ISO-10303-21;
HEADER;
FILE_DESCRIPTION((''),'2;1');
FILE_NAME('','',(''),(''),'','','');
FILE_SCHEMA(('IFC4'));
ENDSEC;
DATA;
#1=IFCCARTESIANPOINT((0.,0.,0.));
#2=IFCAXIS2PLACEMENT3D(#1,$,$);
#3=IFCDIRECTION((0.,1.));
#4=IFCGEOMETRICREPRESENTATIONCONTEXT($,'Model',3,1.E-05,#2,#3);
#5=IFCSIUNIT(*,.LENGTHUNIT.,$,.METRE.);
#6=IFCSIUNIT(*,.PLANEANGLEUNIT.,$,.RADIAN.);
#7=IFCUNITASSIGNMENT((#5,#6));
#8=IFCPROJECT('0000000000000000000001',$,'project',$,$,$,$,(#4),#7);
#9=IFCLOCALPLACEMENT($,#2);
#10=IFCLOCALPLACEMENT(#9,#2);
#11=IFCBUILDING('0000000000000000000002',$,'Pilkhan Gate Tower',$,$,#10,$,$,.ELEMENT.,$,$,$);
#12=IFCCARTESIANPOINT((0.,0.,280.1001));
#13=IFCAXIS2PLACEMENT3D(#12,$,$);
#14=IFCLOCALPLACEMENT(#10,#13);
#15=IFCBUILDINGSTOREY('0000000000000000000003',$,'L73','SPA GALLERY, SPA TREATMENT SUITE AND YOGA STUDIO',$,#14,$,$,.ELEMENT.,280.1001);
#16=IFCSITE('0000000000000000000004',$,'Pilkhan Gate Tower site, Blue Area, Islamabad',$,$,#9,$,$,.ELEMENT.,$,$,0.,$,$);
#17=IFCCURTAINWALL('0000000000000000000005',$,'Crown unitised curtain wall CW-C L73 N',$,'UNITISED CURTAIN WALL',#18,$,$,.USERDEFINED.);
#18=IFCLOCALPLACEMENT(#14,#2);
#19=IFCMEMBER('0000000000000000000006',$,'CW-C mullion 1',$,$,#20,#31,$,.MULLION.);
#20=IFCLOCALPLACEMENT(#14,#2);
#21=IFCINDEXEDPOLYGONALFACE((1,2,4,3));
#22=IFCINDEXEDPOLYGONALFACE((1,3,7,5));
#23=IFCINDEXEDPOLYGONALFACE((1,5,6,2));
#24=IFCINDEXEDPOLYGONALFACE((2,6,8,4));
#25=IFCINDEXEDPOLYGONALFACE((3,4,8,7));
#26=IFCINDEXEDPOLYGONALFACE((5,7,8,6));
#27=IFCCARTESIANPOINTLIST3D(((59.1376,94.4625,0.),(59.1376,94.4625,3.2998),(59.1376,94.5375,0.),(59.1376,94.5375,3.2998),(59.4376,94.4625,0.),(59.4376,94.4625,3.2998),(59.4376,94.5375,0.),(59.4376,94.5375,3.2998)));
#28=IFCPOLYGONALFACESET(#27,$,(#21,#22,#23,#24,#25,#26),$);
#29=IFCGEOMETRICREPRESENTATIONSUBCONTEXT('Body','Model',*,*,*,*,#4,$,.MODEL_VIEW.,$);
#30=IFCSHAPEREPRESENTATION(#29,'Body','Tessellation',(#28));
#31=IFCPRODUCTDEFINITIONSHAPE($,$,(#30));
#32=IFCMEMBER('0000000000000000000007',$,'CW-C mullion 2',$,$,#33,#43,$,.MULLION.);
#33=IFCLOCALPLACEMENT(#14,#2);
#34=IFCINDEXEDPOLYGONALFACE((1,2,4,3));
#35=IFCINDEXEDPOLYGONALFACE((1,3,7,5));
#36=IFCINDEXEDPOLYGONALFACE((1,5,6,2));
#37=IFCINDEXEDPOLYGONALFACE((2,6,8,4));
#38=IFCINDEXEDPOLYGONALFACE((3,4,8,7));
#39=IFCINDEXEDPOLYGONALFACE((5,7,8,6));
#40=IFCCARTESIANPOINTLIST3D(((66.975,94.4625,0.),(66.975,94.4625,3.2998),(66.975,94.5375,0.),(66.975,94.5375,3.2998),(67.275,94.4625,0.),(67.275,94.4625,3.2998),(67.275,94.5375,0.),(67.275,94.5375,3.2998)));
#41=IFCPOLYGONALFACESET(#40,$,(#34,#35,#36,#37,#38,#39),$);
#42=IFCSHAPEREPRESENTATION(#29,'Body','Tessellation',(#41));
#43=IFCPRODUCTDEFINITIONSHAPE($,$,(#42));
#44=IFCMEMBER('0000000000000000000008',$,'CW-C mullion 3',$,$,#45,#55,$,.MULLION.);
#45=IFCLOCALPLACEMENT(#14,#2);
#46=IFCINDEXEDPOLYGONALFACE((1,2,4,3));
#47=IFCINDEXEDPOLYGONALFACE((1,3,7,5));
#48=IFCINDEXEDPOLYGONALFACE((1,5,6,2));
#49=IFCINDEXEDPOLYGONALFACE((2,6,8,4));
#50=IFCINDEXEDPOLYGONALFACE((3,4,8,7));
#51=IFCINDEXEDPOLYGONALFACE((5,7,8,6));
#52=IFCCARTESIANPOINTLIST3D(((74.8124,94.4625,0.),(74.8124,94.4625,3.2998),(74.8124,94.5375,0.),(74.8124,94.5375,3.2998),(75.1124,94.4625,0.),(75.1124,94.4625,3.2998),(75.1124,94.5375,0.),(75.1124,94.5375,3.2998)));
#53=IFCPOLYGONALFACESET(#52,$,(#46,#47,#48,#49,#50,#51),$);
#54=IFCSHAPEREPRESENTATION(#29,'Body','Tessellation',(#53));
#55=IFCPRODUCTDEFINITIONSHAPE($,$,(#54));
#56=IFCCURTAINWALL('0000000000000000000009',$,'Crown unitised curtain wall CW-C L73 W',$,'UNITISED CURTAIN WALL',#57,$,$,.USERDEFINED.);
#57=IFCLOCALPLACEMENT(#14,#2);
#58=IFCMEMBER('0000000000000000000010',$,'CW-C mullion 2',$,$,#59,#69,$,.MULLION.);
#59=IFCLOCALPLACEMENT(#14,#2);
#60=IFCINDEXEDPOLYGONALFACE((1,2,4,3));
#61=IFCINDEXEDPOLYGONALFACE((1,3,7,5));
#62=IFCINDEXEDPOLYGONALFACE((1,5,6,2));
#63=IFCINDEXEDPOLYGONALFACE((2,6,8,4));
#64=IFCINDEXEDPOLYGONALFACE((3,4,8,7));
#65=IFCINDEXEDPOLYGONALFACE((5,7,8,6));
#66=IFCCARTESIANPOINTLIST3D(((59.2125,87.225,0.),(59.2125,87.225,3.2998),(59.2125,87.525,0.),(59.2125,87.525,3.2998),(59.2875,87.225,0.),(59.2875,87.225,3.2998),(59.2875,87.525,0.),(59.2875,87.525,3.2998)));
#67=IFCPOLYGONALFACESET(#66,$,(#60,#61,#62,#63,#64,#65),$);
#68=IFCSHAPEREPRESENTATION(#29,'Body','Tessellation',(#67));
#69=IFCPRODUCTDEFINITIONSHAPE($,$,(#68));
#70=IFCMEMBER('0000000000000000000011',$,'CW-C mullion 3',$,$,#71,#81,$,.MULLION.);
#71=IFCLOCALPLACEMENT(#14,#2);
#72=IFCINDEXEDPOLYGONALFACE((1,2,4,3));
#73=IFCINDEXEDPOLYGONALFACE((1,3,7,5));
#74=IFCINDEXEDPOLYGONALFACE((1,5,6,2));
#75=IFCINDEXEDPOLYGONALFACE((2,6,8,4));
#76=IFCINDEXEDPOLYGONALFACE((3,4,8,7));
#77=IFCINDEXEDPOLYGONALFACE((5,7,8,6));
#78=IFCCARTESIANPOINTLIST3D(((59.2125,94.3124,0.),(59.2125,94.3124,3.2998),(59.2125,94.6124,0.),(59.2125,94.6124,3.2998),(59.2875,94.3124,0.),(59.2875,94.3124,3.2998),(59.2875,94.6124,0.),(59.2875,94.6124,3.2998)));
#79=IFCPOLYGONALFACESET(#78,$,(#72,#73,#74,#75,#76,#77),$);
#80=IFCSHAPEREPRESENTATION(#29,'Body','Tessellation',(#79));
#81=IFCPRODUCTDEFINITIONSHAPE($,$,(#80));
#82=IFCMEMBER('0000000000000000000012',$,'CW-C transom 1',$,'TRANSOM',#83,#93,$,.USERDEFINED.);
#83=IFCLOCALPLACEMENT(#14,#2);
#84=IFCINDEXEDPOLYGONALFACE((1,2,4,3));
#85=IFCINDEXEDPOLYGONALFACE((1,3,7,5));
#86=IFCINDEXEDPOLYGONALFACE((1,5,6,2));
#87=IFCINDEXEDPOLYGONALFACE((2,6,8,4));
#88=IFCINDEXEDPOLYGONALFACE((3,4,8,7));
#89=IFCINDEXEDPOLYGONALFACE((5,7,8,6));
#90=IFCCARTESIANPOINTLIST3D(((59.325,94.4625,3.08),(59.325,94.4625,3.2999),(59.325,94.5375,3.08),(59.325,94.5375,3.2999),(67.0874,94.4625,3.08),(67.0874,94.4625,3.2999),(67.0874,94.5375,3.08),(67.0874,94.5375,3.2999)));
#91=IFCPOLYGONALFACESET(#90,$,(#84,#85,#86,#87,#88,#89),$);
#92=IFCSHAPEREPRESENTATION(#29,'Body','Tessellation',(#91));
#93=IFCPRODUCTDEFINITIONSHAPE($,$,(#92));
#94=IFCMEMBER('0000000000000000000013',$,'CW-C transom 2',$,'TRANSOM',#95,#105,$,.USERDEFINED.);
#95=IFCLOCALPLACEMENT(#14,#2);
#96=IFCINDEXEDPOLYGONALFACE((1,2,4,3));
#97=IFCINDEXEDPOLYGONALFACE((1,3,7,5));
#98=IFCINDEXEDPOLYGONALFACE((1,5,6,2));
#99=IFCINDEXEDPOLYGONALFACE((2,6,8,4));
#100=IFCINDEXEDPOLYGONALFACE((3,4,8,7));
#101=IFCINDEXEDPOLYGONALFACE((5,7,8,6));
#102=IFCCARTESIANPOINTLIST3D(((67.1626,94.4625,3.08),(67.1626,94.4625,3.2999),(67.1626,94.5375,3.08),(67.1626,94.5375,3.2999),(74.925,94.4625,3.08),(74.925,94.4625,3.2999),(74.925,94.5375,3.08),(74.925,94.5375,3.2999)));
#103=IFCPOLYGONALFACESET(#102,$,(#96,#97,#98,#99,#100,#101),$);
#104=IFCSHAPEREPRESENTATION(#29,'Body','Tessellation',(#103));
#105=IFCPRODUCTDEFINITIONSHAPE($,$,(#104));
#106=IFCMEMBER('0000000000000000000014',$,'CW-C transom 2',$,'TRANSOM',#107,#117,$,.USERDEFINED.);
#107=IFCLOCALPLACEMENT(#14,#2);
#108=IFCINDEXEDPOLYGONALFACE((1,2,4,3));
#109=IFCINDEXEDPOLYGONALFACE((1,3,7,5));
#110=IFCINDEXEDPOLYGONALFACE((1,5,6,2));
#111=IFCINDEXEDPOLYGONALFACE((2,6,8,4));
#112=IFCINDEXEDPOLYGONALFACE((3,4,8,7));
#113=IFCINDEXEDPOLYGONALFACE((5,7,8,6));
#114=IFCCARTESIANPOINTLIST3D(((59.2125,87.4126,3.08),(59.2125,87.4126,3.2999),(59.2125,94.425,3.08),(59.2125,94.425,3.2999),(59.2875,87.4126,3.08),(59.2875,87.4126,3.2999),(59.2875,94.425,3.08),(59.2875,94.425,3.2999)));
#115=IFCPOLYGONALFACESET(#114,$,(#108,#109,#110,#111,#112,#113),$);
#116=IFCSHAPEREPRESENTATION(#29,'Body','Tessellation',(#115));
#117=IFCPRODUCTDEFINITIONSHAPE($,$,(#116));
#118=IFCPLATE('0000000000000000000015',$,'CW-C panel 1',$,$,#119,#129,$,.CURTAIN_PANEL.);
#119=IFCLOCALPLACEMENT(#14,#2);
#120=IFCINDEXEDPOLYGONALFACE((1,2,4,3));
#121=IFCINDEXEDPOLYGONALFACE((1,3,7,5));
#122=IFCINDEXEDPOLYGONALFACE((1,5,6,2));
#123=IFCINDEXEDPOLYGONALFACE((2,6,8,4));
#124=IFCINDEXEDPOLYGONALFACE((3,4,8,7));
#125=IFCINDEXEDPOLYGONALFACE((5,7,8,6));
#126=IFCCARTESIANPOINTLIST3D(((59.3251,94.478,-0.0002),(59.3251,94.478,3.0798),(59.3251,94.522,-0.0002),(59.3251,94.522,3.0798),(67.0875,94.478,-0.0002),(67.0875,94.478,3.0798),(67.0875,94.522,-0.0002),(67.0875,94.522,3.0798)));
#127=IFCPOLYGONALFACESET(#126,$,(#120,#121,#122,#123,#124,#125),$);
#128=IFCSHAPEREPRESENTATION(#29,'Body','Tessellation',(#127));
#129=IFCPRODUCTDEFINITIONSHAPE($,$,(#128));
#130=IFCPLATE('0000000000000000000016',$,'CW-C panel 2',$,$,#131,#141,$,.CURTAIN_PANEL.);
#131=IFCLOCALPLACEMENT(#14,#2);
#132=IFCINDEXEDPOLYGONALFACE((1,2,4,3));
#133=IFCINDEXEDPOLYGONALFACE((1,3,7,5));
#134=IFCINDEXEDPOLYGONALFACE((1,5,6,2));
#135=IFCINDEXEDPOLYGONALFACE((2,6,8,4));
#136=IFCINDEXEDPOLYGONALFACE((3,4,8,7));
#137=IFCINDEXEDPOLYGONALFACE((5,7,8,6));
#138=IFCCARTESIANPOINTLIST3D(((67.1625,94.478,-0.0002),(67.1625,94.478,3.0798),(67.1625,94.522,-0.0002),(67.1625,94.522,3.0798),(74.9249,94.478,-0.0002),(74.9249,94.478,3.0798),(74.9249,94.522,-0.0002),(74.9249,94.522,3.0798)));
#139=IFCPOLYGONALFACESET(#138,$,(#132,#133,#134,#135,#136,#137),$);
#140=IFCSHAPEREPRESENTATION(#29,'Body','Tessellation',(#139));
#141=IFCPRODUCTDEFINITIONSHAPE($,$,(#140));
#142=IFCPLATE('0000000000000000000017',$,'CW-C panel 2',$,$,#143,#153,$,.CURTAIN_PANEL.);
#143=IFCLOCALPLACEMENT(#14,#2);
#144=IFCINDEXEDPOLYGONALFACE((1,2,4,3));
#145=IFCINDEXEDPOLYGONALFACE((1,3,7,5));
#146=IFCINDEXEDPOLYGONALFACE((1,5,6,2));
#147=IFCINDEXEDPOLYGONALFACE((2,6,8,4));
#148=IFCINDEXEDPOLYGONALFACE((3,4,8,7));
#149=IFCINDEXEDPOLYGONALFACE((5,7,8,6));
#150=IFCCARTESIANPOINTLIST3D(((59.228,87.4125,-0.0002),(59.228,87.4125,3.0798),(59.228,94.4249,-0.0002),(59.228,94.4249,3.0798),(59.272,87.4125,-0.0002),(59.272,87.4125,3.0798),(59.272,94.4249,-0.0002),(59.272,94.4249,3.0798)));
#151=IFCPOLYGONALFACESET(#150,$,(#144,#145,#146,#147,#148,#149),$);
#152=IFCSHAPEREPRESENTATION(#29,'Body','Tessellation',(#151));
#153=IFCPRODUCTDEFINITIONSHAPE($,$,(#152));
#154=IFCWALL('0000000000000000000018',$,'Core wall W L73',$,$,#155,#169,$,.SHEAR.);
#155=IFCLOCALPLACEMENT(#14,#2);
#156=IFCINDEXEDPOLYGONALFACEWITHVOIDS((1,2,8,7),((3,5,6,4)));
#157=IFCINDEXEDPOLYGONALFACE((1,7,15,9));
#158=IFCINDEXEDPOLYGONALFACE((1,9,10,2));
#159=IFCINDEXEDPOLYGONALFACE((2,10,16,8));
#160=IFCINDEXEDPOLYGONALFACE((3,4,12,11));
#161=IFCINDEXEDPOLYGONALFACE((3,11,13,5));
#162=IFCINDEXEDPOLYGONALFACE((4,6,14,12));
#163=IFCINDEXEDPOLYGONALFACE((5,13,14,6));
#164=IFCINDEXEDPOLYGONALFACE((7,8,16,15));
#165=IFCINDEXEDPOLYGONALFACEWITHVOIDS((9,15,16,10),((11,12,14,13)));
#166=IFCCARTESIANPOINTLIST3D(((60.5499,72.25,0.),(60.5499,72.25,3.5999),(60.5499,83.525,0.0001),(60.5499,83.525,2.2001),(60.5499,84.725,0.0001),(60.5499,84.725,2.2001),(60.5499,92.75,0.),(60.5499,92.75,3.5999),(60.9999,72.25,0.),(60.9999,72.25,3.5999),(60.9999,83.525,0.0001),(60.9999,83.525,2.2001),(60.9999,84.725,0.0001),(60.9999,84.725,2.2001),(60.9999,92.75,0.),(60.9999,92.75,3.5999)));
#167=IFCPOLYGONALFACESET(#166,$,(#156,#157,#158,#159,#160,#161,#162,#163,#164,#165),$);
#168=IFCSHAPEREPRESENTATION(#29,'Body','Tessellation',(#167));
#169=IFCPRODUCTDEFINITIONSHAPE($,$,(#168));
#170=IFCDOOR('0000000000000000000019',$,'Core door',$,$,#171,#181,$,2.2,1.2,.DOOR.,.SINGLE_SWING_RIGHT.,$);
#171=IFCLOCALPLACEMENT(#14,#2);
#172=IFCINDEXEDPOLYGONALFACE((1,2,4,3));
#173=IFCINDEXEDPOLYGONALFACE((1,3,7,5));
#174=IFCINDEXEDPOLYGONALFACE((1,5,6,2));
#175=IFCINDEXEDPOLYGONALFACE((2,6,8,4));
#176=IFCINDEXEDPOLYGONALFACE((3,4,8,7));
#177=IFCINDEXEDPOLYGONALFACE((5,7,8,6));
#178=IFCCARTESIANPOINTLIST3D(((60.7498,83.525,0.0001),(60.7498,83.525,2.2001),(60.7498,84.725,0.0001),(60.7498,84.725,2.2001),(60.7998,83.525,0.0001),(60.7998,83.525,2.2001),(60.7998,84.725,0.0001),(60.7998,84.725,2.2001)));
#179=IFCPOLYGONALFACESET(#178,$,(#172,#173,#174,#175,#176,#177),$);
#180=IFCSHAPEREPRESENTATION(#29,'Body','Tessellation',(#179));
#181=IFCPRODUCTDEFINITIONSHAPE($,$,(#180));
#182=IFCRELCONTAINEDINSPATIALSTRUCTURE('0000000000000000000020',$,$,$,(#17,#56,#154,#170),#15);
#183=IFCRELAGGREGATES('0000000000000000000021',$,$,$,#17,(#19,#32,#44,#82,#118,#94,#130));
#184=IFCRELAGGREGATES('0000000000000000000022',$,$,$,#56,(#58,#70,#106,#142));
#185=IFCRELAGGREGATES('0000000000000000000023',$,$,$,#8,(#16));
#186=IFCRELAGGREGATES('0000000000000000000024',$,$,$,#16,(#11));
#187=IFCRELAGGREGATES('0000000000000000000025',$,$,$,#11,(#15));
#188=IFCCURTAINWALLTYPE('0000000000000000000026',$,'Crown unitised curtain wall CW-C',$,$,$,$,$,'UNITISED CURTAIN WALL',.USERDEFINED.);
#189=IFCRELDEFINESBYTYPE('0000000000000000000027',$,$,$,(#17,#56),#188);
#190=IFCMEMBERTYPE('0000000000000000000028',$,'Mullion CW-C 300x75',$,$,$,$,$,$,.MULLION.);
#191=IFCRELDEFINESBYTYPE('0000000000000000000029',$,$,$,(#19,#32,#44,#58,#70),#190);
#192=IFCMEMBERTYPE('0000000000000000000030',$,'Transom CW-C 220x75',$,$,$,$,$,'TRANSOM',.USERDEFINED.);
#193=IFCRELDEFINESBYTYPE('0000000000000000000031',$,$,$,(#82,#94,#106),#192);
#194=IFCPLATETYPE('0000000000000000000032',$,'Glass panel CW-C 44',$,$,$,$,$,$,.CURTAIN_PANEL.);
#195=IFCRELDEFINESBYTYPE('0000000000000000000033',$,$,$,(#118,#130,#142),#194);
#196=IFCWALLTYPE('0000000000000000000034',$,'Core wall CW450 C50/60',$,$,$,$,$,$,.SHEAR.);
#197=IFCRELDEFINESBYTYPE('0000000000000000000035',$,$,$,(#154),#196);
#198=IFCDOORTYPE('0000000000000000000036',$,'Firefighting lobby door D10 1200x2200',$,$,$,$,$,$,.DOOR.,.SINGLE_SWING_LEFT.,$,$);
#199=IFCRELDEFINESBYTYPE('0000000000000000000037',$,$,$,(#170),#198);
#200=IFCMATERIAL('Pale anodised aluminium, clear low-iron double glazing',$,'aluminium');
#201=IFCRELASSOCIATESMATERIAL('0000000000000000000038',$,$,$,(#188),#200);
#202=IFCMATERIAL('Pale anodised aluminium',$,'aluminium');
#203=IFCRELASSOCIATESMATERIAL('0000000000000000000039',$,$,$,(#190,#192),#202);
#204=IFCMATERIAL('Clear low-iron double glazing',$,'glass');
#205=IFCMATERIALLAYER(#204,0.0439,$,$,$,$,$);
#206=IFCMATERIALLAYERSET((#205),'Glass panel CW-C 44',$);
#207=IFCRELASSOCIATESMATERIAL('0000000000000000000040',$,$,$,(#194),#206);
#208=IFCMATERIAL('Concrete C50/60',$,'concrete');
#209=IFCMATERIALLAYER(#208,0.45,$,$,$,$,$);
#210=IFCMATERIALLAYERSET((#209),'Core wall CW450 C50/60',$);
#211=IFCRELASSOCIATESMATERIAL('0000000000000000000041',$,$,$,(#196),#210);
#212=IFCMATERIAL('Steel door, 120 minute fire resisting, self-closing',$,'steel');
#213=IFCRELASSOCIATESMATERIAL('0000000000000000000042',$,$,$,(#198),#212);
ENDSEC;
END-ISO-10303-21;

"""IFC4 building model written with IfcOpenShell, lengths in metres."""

from ifc_helpers import new_model, si_unit, direction, frame, frame_2d, origin, origin_2d, place, context, subcontext, project, spatial, rectangle, extrude, material, layer, layer_set, material_profile, profile_set, type_object, element, fill, aggregate, save


model = new_model("IFC4")

# Units and contexts
model_context = context("Model", 3, precision=1e-05, world=origin(), true_north=direction((0.0, 1.0)))
body_context = subcontext(model_context, "Body", "Model", "MODEL_VIEW")
ifc_project = project(units=[si_unit("LENGTHUNIT", "METRE"), si_unit("PLANEANGLEUNIT", "RADIAN")], contexts=[model_context])

# Site, building, storey
site_placement = place(None, origin())
site = spatial("IfcSite", under=ifc_project, at=site_placement, Name="Pilkhan Gate Tower site, Blue Area, Islamabad", CompositionType="ELEMENT", RefElevation=0.0)
building_placement = place(site_placement, origin())
building = spatial("IfcBuilding", under=site, at=building_placement, Name="Pilkhan Gate Tower", CompositionType="ELEMENT")
storey_placement = place(building_placement, frame((0.0, 0.0, 280.1001)))
storey = spatial("IfcBuildingStorey", under=building, at=storey_placement, Name="L73", Description="SPA GALLERY, SPA TREATMENT SUITE AND YOGA STUDIO", CompositionType="ELEMENT", Elevation=280.1001)

# Curtain walls, members
ifc_material_1 = material(Name="Pale anodised aluminium, clear low-iron double glazing", Category="aluminium")
curtain_wall_type = type_object("IfcCurtainWallType", Name="Crown unitised curtain wall CW-C", ElementType="UNITISED CURTAIN WALL", PredefinedType="USERDEFINED", material=ifc_material_1)
curtain_wall_1_placement = place(storey_placement, origin())
curtain_wall_1 = element("IfcCurtainWall", 1, at=curtain_wall_1_placement, inside=storey, type_object=curtain_wall_type, Name="Crown unitised curtain wall CW-C L73 N", ObjectType="UNITISED CURTAIN WALL", PredefinedType="USERDEFINED")
ifc_material_2 = material(Name="Pale anodised aluminium", Category="aluminium")
ifc_material_profile_1 = material_profile(ifc_material_2, rectangle(XDim=0.075, YDim=0.3, at=origin_2d()), Name="Mullion 300x75")
ifc_profile_set_1 = profile_set([ifc_material_profile_1], Name="Pale anodised aluminium")
member_type_1 = type_object("IfcMemberType", Name="Mullion CW-C 300x75", PredefinedType="MULLION", material=ifc_profile_set_1)
member_1_placement = place(storey_placement, frame((59.2876, 94.5, 0.0), z_axis=(0.0, 0.0, 1.0), x_axis=(0.0, 1.0, 0.0)))
member_1 = element("IfcMember", 2, at=member_1_placement, type_object=member_type_1, Name="CW-C mullion 1", PredefinedType="MULLION", context=body_context, shape_type="SweptSolid", body=[
    extrude(rectangle(XDim=0.075, YDim=0.3, at=origin_2d()), origin(), (0.0, 0.0, 1.0), 3.2998),
])
member_2_placement = place(storey_placement, frame((67.125, 94.5, 0.0), z_axis=(0.0, 0.0, 1.0), x_axis=(0.0, 1.0, 0.0)))
member_2 = element("IfcMember", 3, at=member_2_placement, type_object=member_type_1, Name="CW-C mullion 2", PredefinedType="MULLION", context=body_context, shape_type="SweptSolid", body=[
    extrude(rectangle(XDim=0.075, YDim=0.3, at=origin_2d()), origin(), (0.0, 0.0, 1.0), 3.2998),
])
member_3_placement = place(storey_placement, frame((74.9624, 94.5, 0.0), z_axis=(0.0, 0.0, 1.0), x_axis=(0.0, 1.0, 0.0)))
member_3 = element("IfcMember", 4, at=member_3_placement, type_object=member_type_1, Name="CW-C mullion 3", PredefinedType="MULLION", context=body_context, shape_type="SweptSolid", body=[
    extrude(rectangle(XDim=0.075, YDim=0.3, at=origin_2d()), origin(), (0.0, 0.0, 1.0), 3.2998),
])
curtain_wall_2_placement = place(storey_placement, origin())
curtain_wall_2 = element("IfcCurtainWall", 5, at=curtain_wall_2_placement, inside=storey, type_object=curtain_wall_type, Name="Crown unitised curtain wall CW-C L73 W", ObjectType="UNITISED CURTAIN WALL", PredefinedType="USERDEFINED")
member_4_placement = place(storey_placement, frame((59.25, 87.375, 0.0), z_axis=(0.0, 0.0, 1.0), x_axis=(-1.0, 0.0, 0.0)))
member_4 = element("IfcMember", 6, at=member_4_placement, type_object=member_type_1, Name="CW-C mullion 2", PredefinedType="MULLION", context=body_context, shape_type="SweptSolid", body=[
    extrude(rectangle(XDim=0.075, YDim=0.3, at=origin_2d()), origin(), (0.0, 0.0, 1.0), 3.2998),
])
member_5_placement = place(storey_placement, frame((59.25, 94.4624, 0.0), z_axis=(0.0, 0.0, 1.0), x_axis=(-1.0, 0.0, 0.0)))
member_5 = element("IfcMember", 7, at=member_5_placement, type_object=member_type_1, Name="CW-C mullion 3", PredefinedType="MULLION", context=body_context, shape_type="SweptSolid", body=[
    extrude(rectangle(XDim=0.075, YDim=0.3, at=origin_2d()), origin(), (0.0, 0.0, 1.0), 3.2998),
])

# Members
ifc_material_profile_2 = material_profile(ifc_material_2, rectangle(XDim=0.075, YDim=0.22, at=origin_2d()), Name="Transom 220x75")
ifc_profile_set_2 = profile_set([ifc_material_profile_2], Name="Pale anodised aluminium")
member_type_2 = type_object("IfcMemberType", Name="Transom CW-C 220x75", ElementType="TRANSOM", PredefinedType="USERDEFINED", material=ifc_profile_set_2)
member_6_placement = place(storey_placement, frame((59.325, 94.5, 3.1899), z_axis=(1.0, 0.0, 0.0), x_axis=(0.0, 1.0, 0.0)))
member_6 = element("IfcMember", 8, at=member_6_placement, type_object=member_type_2, Name="CW-C transom 1", ObjectType="TRANSOM", PredefinedType="USERDEFINED", context=body_context, shape_type="SweptSolid", body=[
    extrude(rectangle(XDim=0.075, YDim=0.22, at=origin_2d()), origin(), (0.0, 0.0, 1.0), 7.7625),
])
member_7_placement = place(storey_placement, frame((67.1626, 94.5, 3.1899), z_axis=(1.0, 0.0, 0.0), x_axis=(0.0, 1.0, 0.0)))
member_7 = element("IfcMember", 9, at=member_7_placement, type_object=member_type_2, Name="CW-C transom 2", ObjectType="TRANSOM", PredefinedType="USERDEFINED", context=body_context, shape_type="SweptSolid", body=[
    extrude(rectangle(XDim=0.075, YDim=0.22, at=origin_2d()), origin(), (0.0, 0.0, 1.0), 7.7625),
])
member_8_placement = place(storey_placement, frame((59.25, 87.4126, 3.1899), z_axis=(0.0, 1.0, 0.0), x_axis=(-1.0, 0.0, 0.0)))
member_8 = element("IfcMember", 10, at=member_8_placement, type_object=member_type_2, Name="CW-C transom 2", ObjectType="TRANSOM", PredefinedType="USERDEFINED", context=body_context, shape_type="SweptSolid", body=[
    extrude(rectangle(XDim=0.075, YDim=0.22, at=origin_2d()), origin(), (0.0, 0.0, 1.0), 7.0125),
])

# Plates
ifc_material_3 = material(Name="Clear low-iron double glazing", Category="glass")
ifc_layer_1 = layer(ifc_material_3, 0.0439)
ifc_layer_set_1 = layer_set([ifc_layer_1], Name="Glass panel CW-C 44")
plate_type = type_object("IfcPlateType", Name="Glass panel CW-C 44", PredefinedType="CURTAIN_PANEL", material=ifc_layer_set_1)
plate_1_placement = place(storey_placement, frame((63.2063, 94.5, -0.0002), z_axis=(0.0, 0.0, 1.0), x_axis=(1.0, 0.0, 0.0)))
plate_1 = element("IfcPlate", 11, at=plate_1_placement, type_object=plate_type, Name="CW-C panel 1", PredefinedType="CURTAIN_PANEL", context=body_context, shape_type="SweptSolid", body=[
    extrude(rectangle(XDim=7.7625, YDim=0.0439, at=origin_2d()), origin(), (0.0, 0.0, 1.0), 3.0801),
])
plate_2_placement = place(storey_placement, frame((71.0437, 94.5, -0.0002), z_axis=(0.0, 0.0, 1.0), x_axis=(1.0, 0.0, 0.0)))
plate_2 = element("IfcPlate", 12, at=plate_2_placement, type_object=plate_type, Name="CW-C panel 2", PredefinedType="CURTAIN_PANEL", context=body_context, shape_type="SweptSolid", body=[
    extrude(rectangle(XDim=7.7625, YDim=0.0439, at=origin_2d()), origin(), (0.0, 0.0, 1.0), 3.0801),
])
aggregate(curtain_wall_1, [member_1, member_2, member_3, member_6, plate_1, member_7, plate_2])
plate_3_placement = place(storey_placement, frame((59.25, 90.9187, -0.0002), z_axis=(0.0, 0.0, 1.0), x_axis=(0.0, 1.0, 0.0)))
plate_3 = element("IfcPlate", 13, at=plate_3_placement, type_object=plate_type, Name="CW-C panel 2", PredefinedType="CURTAIN_PANEL", context=body_context, shape_type="SweptSolid", body=[
    extrude(rectangle(XDim=7.0125, YDim=0.0439, at=origin_2d()), origin(), (0.0, 0.0, 1.0), 3.0801),
])
aggregate(curtain_wall_2, [member_4, member_5, member_8, plate_3])

# Wall, opening, door
ifc_material_4 = material(Name="Concrete C50/60", Category="concrete")
ifc_layer_2 = layer(ifc_material_4, 0.45)
ifc_layer_set_2 = layer_set([ifc_layer_2], Name="Core wall CW450 C50/60")
wall_type_1 = type_object("IfcWallType", Name="Core wall CW450 C50/60", PredefinedType="SHEAR", material=ifc_layer_set_2)
wall_1_placement = place(storey_placement, frame((60.7749, 92.75, 0.0), z_axis=(0.0, 0.0, 1.0), x_axis=(0.0, -1.0, 0.0)))
wall_1 = element("IfcWall", 14, at=wall_1_placement, inside=storey, type_object=wall_type_1, Name="Core wall W L73", PredefinedType="SHEAR", context=body_context, shape_type="SweptSolid", body=[
    extrude(rectangle(XDim=20.5, YDim=0.45, at=frame_2d((10.25, 0.0))), origin(), (0.0, 0.0, 1.0), 3.5999),
])
opening_1_placement = place(wall_1_placement, frame((8.0249, 0.0, 0.0)))
opening_1 = element("IfcOpeningElement", 15, at=opening_1_placement, cuts=wall_1, PredefinedType="OPENING", context=body_context, shape_type="SweptSolid", body=[
    extrude(rectangle(XDim=1.2, YDim=2.2, at=frame_2d((0.6001, 1.1001))), frame((0.0, 0.2349, 0.0), z_axis=(0.0, -1.0, 0.0), x_axis=(1.0, 0.0, 0.0)), (0.0, 0.0, 1.0), 0.47),
])
ifc_material_5 = material(Name="Steel door, 120 minute fire resisting, self-closing", Category="steel")
door_type_1 = type_object("IfcDoorType", Name="Firefighting lobby door D10 1200x2200", OperationType="SINGLE_SWING_LEFT", PredefinedType="DOOR", material=ifc_material_5)
door_1_placement = place(opening_1_placement, origin())
door_1 = element("IfcDoor", 16, at=door_1_placement, inside=storey, type_object=door_type_1, Name="Core door", OperationType="SINGLE_SWING_RIGHT", OverallHeight=2.2, OverallWidth=1.2, PredefinedType="DOOR", context=body_context, shape_type="SweptSolid", body=[
    extrude(rectangle(XDim=1.2, YDim=2.2, at=frame_2d((0.6001, 1.1001))), frame((0.0, 0.0249, 0.0), z_axis=(0.0, -1.0, 0.0), x_axis=(1.0, 0.0, 0.0)), (0.0, 0.0, 1.0), 0.05),
])
fill(opening_1, door_1)

save(model, "model.ifc")
